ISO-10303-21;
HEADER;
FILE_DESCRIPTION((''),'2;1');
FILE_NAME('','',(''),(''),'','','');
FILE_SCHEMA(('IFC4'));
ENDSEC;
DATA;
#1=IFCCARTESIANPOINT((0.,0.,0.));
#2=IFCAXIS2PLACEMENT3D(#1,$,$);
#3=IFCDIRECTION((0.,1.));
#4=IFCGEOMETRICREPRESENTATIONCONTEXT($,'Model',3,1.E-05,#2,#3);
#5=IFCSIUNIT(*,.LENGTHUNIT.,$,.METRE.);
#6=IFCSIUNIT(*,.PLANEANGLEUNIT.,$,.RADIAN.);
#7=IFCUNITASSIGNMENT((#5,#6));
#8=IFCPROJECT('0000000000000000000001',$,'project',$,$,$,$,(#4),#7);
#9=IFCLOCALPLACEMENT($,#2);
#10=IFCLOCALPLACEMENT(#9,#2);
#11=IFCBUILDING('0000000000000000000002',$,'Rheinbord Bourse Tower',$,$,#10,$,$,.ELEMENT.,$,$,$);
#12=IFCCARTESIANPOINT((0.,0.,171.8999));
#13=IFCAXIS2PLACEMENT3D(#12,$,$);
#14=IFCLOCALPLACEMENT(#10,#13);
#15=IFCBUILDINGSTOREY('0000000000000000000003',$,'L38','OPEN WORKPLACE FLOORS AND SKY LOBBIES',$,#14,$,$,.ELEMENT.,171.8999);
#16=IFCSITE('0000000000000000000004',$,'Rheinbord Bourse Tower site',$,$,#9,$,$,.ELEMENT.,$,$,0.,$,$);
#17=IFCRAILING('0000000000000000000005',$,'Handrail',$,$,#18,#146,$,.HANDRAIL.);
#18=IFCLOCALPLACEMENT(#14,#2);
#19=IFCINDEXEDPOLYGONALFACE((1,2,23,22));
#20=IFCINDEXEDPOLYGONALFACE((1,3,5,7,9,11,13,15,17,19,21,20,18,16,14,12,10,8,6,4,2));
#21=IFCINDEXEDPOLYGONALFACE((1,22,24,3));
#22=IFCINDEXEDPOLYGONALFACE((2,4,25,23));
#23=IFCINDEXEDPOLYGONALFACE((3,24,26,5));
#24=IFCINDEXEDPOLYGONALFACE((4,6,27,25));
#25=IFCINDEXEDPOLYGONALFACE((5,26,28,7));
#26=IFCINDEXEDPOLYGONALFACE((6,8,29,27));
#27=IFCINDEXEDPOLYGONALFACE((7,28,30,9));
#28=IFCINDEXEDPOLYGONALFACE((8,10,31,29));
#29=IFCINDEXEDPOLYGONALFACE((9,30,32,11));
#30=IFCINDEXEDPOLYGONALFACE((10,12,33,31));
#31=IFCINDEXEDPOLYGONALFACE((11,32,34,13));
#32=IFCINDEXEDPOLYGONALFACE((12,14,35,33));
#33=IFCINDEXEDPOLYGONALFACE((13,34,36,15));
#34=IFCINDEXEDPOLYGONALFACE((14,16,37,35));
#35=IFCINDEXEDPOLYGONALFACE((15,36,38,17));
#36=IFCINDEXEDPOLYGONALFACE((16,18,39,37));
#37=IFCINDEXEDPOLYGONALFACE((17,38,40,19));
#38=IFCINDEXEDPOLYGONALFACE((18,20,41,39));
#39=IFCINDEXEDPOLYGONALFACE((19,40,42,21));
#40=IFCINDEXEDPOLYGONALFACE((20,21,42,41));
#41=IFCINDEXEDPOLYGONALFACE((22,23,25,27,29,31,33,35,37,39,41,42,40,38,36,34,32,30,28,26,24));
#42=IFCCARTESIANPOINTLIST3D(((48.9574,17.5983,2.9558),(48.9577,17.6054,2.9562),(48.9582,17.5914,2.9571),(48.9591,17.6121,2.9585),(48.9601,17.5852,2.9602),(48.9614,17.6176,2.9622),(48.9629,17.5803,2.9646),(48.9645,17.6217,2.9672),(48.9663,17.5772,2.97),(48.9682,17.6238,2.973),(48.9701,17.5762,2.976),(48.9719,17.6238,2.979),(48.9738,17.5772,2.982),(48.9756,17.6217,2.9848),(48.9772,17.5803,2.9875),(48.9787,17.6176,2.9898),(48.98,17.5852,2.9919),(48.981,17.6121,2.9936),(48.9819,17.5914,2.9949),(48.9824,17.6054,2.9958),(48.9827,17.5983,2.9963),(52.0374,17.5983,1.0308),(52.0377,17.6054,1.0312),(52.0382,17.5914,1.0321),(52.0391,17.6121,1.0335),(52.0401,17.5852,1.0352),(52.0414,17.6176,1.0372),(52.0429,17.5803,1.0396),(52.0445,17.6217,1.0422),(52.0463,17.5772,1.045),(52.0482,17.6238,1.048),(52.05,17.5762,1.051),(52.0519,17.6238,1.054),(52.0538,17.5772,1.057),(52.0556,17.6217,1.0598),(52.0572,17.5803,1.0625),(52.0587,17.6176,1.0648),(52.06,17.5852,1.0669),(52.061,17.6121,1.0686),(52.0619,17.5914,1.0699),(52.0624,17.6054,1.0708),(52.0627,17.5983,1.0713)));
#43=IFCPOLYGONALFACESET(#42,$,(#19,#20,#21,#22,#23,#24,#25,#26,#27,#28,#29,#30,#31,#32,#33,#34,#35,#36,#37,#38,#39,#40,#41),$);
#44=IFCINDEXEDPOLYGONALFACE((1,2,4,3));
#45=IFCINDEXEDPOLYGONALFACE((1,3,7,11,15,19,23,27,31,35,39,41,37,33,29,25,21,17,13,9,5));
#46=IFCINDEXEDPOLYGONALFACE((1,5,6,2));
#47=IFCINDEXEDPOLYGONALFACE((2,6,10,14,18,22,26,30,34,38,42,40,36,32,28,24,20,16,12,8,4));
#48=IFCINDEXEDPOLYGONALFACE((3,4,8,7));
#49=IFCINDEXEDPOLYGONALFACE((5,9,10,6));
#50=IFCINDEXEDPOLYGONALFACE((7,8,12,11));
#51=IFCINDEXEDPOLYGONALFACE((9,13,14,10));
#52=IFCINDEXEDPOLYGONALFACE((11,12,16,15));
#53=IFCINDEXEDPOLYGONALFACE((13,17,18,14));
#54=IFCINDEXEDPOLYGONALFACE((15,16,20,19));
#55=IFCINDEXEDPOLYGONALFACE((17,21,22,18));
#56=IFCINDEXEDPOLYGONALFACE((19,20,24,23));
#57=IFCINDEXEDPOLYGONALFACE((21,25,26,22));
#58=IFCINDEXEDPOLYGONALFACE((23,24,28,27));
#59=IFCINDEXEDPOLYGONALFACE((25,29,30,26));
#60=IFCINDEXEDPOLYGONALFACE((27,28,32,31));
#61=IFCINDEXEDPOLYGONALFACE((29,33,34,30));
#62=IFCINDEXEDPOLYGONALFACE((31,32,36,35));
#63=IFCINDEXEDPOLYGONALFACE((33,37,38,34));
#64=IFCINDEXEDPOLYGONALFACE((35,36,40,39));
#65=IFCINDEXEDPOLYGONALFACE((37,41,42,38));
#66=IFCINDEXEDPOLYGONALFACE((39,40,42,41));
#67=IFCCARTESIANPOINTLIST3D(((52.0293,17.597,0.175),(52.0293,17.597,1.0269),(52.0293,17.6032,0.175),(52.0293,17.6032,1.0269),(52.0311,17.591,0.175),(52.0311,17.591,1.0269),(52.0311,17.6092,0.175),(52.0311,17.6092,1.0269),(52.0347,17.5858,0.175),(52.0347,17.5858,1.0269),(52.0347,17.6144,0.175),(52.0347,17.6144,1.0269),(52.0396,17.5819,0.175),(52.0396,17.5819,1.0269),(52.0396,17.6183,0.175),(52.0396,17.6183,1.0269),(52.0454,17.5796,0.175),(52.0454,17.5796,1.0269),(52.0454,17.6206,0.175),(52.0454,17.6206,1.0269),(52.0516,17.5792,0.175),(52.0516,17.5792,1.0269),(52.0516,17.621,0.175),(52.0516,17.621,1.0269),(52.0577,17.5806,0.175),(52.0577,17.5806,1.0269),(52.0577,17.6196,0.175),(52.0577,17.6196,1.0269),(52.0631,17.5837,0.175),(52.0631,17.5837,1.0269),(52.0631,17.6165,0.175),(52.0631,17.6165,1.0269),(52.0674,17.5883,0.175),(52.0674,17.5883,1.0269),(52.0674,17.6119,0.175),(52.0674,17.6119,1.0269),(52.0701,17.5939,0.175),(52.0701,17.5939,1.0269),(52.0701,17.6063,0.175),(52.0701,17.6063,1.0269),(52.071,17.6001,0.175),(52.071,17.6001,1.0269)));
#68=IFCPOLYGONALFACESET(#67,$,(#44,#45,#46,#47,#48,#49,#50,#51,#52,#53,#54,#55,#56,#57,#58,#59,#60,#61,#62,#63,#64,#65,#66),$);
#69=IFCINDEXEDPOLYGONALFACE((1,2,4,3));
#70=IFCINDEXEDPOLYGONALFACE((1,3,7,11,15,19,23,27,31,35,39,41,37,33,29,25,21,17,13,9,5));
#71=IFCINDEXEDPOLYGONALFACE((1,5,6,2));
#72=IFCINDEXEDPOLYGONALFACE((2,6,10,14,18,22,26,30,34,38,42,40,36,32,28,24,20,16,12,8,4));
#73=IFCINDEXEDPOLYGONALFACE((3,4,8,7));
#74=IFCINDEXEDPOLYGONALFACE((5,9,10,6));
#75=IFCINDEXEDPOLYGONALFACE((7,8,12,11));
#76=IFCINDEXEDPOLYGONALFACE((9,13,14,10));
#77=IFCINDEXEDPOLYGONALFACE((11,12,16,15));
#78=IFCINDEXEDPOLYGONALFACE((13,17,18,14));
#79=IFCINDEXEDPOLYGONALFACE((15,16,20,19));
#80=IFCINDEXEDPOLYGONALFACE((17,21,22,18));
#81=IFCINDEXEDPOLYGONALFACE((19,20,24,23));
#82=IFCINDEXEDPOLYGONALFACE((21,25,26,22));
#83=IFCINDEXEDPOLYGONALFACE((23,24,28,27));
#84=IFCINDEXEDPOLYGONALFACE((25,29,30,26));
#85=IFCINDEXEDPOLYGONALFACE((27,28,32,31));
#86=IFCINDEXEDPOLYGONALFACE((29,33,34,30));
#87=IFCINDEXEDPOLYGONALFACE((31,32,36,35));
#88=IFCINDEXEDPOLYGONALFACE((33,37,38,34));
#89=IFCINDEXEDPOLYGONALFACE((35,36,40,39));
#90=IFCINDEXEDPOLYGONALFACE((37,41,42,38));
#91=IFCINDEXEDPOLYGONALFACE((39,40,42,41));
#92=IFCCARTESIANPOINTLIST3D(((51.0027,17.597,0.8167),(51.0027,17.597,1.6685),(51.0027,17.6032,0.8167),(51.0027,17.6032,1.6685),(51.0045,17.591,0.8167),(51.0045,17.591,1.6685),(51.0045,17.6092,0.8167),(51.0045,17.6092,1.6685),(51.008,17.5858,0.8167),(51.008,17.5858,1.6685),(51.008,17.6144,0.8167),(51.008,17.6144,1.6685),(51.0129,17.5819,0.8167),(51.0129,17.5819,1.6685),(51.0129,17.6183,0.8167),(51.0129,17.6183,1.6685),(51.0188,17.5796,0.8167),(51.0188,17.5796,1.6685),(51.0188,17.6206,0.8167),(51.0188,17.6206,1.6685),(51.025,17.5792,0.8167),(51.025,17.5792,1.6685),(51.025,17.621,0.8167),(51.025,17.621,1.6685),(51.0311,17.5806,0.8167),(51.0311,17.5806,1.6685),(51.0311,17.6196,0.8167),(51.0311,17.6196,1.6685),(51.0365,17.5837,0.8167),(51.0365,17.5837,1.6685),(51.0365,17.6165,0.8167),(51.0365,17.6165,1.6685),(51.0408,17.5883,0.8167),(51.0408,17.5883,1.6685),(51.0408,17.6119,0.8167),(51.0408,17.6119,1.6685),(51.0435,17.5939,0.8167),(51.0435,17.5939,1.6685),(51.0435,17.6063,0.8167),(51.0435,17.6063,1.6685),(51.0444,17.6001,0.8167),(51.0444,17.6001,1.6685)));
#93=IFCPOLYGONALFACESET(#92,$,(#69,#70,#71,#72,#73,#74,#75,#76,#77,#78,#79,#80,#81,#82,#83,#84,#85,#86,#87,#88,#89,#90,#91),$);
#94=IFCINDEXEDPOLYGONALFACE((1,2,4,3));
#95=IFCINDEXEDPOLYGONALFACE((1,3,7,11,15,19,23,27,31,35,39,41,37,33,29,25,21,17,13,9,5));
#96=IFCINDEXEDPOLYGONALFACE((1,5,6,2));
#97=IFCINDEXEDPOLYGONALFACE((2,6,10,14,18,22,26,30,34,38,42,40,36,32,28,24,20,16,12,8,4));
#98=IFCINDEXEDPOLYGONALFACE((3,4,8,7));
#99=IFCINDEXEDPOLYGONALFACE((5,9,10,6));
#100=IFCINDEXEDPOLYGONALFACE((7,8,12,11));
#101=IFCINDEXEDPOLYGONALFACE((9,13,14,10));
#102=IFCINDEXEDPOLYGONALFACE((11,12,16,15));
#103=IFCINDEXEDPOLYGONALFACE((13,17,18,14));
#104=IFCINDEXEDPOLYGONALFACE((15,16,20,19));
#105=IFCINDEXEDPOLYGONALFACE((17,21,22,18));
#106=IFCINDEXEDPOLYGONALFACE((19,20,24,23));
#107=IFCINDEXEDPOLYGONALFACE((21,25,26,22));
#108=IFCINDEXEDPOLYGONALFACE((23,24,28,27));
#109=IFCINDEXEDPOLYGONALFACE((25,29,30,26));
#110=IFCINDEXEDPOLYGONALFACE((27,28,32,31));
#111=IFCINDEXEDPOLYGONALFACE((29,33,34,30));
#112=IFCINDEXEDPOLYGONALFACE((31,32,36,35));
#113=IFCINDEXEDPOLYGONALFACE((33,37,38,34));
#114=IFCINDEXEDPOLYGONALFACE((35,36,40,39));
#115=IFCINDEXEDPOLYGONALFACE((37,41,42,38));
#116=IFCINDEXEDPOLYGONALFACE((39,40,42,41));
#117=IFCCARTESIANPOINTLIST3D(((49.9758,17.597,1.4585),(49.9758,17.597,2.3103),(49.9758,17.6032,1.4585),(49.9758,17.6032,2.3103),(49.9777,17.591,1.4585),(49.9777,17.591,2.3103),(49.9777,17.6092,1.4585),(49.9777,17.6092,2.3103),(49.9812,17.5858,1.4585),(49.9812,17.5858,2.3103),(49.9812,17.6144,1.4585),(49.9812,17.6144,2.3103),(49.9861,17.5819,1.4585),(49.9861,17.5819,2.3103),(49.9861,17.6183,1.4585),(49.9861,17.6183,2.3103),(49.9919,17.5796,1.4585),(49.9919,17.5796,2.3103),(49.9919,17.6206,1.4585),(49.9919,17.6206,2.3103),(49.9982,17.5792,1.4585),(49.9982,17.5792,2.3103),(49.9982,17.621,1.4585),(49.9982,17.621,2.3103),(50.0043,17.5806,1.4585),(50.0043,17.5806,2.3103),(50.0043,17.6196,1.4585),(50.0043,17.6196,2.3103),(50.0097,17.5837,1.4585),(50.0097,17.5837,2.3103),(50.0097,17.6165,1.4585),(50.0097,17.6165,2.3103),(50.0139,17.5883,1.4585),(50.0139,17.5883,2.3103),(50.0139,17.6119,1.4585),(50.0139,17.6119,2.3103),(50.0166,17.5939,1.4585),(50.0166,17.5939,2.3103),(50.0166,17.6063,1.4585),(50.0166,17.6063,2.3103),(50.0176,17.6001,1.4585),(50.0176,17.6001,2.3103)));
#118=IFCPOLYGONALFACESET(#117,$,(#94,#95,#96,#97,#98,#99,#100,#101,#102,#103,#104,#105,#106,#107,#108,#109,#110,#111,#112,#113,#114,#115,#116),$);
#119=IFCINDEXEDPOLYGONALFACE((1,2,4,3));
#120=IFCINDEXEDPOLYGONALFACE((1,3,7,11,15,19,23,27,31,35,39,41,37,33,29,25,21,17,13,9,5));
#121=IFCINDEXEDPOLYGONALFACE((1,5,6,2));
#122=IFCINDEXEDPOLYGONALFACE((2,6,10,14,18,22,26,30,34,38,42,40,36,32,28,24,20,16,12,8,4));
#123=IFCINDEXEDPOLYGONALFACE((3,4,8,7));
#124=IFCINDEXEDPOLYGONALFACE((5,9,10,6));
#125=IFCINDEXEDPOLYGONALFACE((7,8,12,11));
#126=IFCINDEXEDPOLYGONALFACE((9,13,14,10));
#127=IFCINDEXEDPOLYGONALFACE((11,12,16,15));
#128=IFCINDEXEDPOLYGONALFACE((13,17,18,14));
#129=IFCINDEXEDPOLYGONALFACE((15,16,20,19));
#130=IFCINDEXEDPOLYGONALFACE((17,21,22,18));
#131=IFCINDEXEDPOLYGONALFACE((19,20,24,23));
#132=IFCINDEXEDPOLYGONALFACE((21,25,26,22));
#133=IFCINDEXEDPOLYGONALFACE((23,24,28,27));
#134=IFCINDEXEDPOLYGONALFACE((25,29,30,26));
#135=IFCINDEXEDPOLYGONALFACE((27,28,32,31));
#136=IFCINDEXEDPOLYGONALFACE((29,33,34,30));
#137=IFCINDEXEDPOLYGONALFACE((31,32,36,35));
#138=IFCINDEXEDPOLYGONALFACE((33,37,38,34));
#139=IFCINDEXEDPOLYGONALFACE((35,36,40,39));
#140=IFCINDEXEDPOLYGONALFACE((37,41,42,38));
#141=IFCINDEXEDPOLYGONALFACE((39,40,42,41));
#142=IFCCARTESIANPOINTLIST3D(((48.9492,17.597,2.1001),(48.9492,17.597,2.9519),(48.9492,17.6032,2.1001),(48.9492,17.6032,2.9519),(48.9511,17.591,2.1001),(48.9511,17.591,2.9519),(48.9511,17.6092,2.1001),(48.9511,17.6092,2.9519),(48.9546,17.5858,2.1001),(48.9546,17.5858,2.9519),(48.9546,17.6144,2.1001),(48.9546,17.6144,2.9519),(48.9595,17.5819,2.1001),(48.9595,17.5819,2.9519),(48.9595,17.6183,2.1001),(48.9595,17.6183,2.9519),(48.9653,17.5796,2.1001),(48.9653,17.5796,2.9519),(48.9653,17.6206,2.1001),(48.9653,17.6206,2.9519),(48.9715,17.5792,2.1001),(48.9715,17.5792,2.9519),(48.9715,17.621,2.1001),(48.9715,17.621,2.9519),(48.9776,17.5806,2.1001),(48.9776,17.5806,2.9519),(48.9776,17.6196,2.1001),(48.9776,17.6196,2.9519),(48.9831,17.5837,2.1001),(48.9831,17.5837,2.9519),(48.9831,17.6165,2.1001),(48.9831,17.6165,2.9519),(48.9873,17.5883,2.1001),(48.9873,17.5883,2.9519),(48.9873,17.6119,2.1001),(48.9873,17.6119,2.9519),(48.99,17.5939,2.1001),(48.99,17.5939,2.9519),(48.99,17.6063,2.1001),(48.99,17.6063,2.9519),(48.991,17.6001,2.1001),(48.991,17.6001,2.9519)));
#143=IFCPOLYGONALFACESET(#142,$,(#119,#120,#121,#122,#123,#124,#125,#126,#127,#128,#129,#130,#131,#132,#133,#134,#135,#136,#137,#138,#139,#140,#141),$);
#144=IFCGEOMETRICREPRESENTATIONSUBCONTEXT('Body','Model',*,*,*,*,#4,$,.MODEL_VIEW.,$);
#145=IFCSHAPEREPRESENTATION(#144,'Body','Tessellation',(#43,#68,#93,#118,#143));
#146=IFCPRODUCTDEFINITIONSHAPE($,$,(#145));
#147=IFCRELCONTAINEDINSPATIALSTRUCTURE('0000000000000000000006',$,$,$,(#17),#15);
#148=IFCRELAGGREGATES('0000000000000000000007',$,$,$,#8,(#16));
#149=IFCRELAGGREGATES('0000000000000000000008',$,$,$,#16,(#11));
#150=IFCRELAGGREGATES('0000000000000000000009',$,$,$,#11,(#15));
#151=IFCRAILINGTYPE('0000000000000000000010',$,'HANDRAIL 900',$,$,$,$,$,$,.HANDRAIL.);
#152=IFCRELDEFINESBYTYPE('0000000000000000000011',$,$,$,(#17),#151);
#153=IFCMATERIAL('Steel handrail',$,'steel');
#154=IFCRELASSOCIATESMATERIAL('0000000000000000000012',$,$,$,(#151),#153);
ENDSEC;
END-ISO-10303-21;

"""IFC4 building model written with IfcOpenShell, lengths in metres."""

from ifc_helpers import new_model, si_unit, direction, frame, origin, origin_2d, place, context, subcontext, project, spatial, circle, extrude, material, type_object, element, save


model = new_model("IFC4")

# Units and contexts
model_context = context("Model", 3, precision=1e-05, world=origin(), true_north=direction((0.0, 1.0)))
body_context = subcontext(model_context, "Body", "Model", "MODEL_VIEW")
ifc_project = project(units=[si_unit("LENGTHUNIT", "METRE"), si_unit("PLANEANGLEUNIT", "RADIAN")], contexts=[model_context])

# Site, building, storey
site_placement = place(None, origin())
site = spatial("IfcSite", under=ifc_project, at=site_placement, Name="Rheinbord Bourse Tower site", CompositionType="ELEMENT", RefElevation=0.0)
building_placement = place(site_placement, origin())
building = spatial("IfcBuilding", under=site, at=building_placement, Name="Rheinbord Bourse Tower", CompositionType="ELEMENT")
storey_placement = place(building_placement, frame((0.0, 0.0, 171.8999)))
storey = spatial("IfcBuildingStorey", under=building, at=storey_placement, Name="L38", Description="OPEN WORKPLACE FLOORS AND SKY LOBBIES", CompositionType="ELEMENT", Elevation=171.8999)

# Railing
ifc_material_1 = material(Name="Steel handrail", Category="steel")
railing_type = type_object("IfcRailingType", Name="HANDRAIL 900", PredefinedType="HANDRAIL", material=ifc_material_1)
railing_1_placement = place(storey_placement, frame((52.05, 17.6001, 0.175)))
element("IfcRailing", 1, at=railing_1_placement, inside=storey, type_object=railing_type, Name="Handrail", PredefinedType="HANDRAIL", context=body_context, shape_type="SweptSolid", body=[
    extrude(circle(Radius=0.0239, at=origin_2d()), frame((0.0, 0.0, 0.876), z_axis=(-0.847998, 0.0, 0.529999), x_axis=(0.0, -1.0, 0.0)), (0.0, 0.0, 1.0), 3.6321),
    extrude(circle(Radius=0.021, at=origin_2d()), origin(), (0.0, 0.0, 1.0), 0.8518),
    extrude(circle(Radius=0.021, at=origin_2d()), frame((-1.0266, 0.0, 0.6416)), (0.0, 0.0, 1.0), 0.8518),
    extrude(circle(Radius=0.021, at=origin_2d()), frame((-2.0535, 0.0, 1.2834)), (0.0, 0.0, 1.0), 0.8518),
    extrude(circle(Radius=0.021, at=origin_2d()), frame((-3.0801, 0.0, 1.925)), (0.0, 0.0, 1.0), 0.8518),
])

save(model, "model.ifc")
